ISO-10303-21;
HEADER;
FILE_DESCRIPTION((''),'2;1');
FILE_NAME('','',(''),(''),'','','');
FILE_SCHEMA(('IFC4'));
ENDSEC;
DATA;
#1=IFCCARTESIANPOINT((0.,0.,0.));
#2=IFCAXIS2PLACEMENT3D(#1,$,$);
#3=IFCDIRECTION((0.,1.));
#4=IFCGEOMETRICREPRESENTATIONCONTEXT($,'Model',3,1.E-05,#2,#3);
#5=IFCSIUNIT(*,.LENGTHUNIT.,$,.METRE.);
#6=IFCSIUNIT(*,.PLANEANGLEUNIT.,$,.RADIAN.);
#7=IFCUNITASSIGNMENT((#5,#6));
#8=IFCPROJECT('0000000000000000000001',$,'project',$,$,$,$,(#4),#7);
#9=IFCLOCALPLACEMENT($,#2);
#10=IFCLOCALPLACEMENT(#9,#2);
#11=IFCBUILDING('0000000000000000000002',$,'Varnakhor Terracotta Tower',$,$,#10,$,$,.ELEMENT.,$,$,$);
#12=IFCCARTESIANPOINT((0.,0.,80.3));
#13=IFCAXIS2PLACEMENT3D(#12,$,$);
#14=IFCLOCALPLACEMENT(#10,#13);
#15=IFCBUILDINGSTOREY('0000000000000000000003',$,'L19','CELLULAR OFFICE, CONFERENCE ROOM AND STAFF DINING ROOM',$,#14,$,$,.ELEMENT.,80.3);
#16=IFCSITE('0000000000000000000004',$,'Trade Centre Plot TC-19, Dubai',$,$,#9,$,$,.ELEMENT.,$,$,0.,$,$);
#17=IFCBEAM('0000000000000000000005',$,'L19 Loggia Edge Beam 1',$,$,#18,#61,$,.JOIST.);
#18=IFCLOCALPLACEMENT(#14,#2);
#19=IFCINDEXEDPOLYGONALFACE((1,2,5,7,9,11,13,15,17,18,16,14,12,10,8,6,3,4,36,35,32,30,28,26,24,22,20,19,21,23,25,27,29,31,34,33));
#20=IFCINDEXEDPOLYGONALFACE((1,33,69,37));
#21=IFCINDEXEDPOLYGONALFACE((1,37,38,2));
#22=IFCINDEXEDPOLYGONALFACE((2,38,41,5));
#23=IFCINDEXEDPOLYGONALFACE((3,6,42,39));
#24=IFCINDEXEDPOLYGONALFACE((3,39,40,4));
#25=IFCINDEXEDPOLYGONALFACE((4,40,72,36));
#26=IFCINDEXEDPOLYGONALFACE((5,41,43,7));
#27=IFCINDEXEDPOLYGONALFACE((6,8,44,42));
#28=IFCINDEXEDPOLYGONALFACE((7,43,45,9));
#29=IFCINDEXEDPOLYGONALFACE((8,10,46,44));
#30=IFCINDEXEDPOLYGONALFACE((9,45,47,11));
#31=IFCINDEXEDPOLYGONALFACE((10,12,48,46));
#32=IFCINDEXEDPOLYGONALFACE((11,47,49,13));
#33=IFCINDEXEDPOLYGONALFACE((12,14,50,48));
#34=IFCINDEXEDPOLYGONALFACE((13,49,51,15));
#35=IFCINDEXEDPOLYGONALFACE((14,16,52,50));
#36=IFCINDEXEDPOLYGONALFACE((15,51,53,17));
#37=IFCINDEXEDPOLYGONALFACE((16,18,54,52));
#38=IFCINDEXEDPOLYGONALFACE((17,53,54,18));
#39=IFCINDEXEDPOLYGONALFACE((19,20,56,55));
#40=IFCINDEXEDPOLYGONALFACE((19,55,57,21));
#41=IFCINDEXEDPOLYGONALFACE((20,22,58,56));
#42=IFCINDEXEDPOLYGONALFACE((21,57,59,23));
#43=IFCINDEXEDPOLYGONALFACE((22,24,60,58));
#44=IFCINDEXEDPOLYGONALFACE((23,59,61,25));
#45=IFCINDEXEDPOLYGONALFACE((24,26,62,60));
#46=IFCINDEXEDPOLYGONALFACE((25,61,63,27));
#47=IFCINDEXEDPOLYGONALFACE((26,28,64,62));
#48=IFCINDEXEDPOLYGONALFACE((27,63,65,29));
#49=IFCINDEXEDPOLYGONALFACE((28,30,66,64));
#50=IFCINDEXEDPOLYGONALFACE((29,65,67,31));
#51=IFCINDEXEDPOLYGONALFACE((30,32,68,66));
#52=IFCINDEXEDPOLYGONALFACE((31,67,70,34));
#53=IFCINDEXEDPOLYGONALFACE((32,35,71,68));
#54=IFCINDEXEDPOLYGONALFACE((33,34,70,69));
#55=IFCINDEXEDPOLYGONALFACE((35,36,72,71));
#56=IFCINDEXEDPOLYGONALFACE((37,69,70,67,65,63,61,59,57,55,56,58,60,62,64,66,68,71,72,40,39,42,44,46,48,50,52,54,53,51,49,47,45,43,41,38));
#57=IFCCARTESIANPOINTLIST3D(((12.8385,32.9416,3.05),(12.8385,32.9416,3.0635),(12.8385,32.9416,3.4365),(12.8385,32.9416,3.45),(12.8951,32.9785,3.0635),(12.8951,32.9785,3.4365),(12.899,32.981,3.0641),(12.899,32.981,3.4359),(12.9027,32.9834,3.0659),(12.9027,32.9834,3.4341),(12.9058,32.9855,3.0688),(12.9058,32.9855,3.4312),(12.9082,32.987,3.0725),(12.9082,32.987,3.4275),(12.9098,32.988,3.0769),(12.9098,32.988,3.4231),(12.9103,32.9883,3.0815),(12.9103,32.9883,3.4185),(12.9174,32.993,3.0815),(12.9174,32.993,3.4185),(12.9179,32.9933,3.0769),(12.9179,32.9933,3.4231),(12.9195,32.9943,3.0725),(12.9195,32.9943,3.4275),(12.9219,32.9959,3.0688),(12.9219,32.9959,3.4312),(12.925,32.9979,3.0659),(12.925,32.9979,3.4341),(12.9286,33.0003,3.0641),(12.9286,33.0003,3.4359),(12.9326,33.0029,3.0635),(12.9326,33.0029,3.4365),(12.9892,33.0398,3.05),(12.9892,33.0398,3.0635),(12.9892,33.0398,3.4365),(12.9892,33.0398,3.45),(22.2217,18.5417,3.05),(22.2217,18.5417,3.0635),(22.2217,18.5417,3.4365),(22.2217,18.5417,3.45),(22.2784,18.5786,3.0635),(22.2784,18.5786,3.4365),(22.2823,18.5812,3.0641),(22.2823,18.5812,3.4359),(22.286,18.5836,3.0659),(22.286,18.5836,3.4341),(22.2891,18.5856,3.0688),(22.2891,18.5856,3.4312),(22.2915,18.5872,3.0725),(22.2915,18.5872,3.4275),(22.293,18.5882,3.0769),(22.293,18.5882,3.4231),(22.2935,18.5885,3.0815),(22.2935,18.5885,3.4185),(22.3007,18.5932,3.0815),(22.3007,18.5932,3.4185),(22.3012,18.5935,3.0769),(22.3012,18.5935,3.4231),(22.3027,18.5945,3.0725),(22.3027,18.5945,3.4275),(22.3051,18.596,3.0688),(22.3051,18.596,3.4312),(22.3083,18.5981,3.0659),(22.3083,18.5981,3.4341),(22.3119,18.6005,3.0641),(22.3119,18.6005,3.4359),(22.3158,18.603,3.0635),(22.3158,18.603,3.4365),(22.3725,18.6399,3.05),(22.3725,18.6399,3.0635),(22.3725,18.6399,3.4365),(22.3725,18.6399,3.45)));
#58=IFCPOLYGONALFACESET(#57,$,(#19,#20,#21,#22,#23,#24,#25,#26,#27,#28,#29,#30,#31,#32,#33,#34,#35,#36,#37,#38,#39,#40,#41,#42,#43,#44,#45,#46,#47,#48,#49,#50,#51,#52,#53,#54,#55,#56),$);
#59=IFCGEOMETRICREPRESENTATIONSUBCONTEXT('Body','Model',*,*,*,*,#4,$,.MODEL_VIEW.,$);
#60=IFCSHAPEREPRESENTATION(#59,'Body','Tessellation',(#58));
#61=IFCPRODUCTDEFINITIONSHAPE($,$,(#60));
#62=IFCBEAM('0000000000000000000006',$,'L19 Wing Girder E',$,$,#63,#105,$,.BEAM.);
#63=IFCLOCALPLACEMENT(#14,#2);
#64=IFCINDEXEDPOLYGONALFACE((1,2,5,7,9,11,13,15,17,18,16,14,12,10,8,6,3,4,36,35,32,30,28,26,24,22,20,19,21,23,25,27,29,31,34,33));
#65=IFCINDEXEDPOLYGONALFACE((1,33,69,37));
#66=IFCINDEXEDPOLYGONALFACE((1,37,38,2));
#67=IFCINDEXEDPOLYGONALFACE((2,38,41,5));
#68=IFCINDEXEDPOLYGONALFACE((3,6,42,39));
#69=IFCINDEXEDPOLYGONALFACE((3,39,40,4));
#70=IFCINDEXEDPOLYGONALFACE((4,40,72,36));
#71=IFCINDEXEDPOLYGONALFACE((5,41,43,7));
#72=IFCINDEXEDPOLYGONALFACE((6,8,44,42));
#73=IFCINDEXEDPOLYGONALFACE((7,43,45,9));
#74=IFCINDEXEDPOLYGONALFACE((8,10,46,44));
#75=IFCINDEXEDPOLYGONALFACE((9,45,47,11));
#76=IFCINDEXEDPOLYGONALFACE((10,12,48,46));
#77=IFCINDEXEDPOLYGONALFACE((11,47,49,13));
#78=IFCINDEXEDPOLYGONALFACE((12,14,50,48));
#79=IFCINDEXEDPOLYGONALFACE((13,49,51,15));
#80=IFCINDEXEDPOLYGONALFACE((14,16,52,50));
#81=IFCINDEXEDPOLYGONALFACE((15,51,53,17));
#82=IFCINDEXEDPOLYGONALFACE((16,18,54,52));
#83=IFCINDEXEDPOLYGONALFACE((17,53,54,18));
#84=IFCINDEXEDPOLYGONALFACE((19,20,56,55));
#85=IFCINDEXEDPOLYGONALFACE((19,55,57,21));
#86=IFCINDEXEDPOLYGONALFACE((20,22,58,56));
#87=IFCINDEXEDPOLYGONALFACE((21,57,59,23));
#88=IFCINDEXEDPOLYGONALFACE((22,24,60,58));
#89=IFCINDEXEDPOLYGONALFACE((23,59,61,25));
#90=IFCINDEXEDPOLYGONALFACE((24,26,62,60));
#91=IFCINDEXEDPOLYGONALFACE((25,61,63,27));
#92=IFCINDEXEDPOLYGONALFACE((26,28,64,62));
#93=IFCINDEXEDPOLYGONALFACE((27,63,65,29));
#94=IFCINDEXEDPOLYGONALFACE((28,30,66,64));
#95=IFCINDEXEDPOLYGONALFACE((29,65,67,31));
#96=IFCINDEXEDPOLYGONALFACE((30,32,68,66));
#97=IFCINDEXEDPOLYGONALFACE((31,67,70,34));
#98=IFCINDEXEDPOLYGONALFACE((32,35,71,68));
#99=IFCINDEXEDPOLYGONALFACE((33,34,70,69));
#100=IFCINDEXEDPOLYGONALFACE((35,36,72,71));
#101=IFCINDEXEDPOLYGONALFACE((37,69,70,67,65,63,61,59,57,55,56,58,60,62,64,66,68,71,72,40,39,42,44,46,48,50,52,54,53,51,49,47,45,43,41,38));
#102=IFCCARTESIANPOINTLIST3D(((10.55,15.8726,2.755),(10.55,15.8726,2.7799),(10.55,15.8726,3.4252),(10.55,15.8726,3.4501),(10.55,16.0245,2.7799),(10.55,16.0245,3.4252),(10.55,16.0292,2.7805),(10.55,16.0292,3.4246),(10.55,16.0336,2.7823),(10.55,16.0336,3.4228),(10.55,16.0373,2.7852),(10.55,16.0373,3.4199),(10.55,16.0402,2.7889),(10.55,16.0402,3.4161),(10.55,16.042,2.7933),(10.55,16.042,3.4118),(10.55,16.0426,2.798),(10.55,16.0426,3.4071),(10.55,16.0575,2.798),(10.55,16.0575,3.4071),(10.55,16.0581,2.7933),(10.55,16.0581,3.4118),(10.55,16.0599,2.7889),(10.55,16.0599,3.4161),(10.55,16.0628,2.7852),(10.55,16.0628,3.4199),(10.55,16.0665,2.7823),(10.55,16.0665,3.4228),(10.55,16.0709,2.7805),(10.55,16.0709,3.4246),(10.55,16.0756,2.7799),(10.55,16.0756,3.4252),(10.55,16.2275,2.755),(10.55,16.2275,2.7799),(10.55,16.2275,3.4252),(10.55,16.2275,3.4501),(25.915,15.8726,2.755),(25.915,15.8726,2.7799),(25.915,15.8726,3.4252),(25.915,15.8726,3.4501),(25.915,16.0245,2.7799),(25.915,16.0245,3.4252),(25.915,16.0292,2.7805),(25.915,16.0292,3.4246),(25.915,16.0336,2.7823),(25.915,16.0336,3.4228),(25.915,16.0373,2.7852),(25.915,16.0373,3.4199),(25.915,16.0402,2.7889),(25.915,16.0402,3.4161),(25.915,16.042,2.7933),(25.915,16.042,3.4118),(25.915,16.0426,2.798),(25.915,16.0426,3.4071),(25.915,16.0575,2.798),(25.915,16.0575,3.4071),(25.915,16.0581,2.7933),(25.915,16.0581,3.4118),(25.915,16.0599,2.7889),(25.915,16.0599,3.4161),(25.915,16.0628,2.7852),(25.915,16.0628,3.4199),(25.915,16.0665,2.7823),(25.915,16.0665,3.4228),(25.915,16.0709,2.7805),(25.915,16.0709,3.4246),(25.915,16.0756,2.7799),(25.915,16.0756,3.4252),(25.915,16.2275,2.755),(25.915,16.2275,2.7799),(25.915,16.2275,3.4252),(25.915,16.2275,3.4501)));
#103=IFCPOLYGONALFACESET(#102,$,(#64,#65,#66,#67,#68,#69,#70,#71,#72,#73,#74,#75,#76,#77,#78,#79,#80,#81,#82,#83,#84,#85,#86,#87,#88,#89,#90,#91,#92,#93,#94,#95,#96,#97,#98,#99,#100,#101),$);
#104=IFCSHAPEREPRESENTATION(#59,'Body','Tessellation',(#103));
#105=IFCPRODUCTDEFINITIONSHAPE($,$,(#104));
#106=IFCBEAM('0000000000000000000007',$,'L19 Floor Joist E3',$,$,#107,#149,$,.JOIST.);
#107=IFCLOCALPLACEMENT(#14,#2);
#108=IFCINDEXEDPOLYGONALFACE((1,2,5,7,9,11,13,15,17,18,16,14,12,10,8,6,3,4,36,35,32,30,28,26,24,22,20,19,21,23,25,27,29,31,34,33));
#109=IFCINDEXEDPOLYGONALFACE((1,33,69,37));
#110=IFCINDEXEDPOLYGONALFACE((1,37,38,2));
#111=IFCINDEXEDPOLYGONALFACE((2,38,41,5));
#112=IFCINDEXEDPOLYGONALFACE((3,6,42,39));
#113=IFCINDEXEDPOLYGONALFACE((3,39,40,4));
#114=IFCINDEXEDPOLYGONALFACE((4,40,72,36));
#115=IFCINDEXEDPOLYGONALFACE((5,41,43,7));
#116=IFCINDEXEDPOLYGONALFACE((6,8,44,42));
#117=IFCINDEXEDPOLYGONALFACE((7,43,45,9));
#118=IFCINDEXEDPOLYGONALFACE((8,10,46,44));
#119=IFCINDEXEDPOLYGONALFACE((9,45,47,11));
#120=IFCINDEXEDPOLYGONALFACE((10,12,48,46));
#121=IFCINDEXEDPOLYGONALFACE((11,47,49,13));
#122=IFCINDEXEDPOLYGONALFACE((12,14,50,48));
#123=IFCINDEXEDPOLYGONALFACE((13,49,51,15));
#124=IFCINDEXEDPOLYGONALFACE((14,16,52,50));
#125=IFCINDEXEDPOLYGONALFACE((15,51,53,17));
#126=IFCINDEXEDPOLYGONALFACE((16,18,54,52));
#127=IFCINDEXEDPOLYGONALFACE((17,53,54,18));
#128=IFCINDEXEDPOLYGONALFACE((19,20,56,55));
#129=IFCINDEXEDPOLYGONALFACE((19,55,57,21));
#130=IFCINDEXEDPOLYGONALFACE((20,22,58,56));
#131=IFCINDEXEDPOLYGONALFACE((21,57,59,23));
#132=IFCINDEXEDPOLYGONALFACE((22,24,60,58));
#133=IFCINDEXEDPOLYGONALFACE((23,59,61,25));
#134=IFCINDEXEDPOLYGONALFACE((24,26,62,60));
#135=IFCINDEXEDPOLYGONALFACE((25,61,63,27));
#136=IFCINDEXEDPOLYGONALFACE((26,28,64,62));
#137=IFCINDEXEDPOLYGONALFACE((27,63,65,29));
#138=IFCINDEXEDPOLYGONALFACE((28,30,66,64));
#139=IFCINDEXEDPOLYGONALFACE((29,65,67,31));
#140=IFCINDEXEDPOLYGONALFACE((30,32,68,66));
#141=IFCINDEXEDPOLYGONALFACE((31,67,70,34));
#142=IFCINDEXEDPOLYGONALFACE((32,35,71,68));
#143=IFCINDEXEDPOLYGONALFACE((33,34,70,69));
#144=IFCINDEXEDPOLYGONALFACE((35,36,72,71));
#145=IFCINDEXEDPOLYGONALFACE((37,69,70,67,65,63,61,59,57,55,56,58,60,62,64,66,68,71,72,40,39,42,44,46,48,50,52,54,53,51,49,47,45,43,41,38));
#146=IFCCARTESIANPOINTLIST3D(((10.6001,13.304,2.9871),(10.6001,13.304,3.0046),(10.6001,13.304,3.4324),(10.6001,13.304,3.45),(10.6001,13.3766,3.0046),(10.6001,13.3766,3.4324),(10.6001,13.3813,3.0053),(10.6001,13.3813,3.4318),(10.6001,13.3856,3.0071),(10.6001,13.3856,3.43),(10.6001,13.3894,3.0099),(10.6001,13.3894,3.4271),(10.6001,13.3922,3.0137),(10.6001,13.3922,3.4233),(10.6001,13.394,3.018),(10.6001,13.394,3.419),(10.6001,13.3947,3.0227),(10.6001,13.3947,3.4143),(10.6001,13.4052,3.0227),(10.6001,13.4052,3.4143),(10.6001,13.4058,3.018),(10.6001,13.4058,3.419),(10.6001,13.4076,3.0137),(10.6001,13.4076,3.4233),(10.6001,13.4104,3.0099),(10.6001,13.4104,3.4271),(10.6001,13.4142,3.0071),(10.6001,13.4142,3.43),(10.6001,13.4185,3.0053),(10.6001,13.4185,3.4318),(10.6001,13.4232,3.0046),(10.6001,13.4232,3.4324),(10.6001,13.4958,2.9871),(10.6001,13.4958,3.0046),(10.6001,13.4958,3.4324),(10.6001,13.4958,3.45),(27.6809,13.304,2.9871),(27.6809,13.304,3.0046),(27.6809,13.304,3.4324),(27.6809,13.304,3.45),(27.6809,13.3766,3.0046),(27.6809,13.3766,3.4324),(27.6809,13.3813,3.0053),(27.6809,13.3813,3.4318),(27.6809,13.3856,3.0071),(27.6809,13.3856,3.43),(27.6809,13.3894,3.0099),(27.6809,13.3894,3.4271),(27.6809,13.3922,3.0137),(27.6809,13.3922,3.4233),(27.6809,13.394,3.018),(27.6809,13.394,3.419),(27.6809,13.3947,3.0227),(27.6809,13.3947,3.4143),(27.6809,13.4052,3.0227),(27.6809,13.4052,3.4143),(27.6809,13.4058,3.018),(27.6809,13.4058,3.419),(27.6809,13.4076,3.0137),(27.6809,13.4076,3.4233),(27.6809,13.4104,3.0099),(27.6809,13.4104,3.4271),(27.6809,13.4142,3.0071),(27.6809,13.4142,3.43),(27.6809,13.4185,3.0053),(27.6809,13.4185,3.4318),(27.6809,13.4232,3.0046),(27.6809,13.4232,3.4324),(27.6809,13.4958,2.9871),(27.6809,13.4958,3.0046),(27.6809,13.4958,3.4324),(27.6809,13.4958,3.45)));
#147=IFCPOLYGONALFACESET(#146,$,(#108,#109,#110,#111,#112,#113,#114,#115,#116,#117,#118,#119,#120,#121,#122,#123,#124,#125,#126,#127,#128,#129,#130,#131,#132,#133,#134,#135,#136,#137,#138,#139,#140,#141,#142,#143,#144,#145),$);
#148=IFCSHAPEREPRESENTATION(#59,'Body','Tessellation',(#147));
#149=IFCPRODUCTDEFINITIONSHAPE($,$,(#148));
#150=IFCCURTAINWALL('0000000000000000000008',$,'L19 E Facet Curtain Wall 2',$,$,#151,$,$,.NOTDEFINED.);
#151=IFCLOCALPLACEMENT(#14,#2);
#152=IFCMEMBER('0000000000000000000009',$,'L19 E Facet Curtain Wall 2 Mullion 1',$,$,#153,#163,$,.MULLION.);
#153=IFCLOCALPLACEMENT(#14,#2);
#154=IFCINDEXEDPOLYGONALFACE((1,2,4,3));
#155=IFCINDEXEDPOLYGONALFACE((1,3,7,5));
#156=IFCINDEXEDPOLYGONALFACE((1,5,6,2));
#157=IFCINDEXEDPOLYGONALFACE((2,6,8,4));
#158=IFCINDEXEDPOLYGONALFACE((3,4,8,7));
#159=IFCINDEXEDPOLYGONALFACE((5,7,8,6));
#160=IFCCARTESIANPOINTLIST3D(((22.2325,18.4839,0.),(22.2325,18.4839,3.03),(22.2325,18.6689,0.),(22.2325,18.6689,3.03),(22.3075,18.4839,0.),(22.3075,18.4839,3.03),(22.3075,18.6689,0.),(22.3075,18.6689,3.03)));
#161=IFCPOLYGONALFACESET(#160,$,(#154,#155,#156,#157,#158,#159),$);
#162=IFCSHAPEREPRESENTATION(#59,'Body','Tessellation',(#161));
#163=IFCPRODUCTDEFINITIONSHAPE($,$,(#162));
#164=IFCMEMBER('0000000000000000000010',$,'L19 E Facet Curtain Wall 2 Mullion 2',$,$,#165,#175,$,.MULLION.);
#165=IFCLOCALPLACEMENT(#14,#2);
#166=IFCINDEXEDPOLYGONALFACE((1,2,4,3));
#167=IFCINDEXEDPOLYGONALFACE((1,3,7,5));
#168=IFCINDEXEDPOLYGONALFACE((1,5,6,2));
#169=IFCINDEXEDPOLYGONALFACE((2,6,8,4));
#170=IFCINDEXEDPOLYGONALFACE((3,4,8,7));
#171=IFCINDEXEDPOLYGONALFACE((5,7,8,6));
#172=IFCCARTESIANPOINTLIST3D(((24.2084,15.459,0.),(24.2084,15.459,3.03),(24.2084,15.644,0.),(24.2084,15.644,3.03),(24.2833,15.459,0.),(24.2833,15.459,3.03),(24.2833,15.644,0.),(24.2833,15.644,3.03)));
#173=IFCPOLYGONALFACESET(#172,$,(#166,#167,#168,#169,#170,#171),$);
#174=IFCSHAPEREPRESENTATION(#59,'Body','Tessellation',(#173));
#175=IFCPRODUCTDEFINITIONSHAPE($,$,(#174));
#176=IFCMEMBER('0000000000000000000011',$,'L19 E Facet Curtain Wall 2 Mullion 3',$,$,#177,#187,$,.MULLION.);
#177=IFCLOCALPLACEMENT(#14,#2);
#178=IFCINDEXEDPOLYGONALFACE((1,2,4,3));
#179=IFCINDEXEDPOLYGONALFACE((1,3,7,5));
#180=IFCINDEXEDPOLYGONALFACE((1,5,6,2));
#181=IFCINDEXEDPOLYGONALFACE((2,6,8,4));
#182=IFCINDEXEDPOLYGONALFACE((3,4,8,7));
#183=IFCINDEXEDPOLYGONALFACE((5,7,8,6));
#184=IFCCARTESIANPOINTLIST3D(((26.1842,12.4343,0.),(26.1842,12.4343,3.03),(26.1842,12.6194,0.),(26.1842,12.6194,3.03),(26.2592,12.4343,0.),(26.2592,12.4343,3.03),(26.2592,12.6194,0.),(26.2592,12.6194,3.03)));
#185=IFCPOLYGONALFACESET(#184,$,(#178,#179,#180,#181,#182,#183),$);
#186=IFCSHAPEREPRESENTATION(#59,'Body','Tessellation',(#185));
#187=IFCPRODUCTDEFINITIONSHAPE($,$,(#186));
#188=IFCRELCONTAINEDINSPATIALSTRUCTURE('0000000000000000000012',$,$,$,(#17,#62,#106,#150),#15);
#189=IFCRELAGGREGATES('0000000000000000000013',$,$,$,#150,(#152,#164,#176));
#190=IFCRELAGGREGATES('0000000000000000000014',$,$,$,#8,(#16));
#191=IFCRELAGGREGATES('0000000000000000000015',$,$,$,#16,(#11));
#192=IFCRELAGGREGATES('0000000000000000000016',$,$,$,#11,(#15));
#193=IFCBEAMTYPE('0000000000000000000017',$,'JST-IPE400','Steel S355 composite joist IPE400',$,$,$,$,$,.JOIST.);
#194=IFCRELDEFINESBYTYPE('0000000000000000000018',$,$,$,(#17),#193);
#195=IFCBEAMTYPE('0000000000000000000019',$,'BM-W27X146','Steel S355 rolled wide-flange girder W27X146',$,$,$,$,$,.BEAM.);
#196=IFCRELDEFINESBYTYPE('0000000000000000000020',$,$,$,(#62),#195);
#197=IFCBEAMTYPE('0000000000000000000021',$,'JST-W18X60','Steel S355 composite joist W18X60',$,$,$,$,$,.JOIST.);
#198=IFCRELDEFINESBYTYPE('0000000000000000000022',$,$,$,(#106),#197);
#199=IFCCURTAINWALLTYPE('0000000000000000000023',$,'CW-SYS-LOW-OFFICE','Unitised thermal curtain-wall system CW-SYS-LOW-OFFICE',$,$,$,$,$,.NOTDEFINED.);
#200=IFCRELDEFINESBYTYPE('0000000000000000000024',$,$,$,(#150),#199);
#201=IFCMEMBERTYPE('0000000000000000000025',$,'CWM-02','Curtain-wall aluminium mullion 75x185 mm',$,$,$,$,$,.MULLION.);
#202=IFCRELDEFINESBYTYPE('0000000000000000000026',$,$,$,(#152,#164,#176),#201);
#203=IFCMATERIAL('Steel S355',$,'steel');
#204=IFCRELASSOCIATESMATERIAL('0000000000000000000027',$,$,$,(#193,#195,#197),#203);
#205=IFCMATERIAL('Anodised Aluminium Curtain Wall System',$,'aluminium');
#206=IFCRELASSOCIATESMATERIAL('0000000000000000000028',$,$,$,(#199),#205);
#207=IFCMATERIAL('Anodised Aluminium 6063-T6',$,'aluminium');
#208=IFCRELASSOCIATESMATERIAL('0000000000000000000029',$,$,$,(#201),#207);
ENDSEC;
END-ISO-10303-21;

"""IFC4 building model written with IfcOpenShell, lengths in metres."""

from ifc_helpers import new_model, si_unit, direction, frame, origin, origin_2d, place, context, subcontext, project, spatial, rectangle, i_section, extrude, source, transform, mapped, material, material_profile, profile_set, type_object, type_shapes, element, aggregate, save


model = new_model("IFC4")

# Units and contexts
model_context = context("Model", 3, precision=1e-05, world=origin(), true_north=direction((0.0, 1.0)))
body_context = subcontext(model_context, "Body", "Model", "MODEL_VIEW")
ifc_project = project(units=[si_unit("LENGTHUNIT", "METRE"), si_unit("PLANEANGLEUNIT", "RADIAN")], contexts=[model_context])

# Site, building, storey
site_placement = place(None, origin())
site = spatial("IfcSite", under=ifc_project, at=site_placement, Name="Trade Centre Plot TC-19, Dubai", CompositionType="ELEMENT", RefElevation=0.0)
building_placement = place(site_placement, origin())
building = spatial("IfcBuilding", under=site, at=building_placement, Name="Varnakhor Terracotta Tower", CompositionType="ELEMENT")
storey_placement = place(building_placement, frame((0.0, 0.0, 80.3)))
storey = spatial("IfcBuildingStorey", under=building, at=storey_placement, Name="L19", Description="CELLULAR OFFICE, CONFERENCE ROOM AND STAFF DINING ROOM", CompositionType="ELEMENT", Elevation=80.3)

# Beams
ifc_material_1 = material(Name="Steel S355", Category="steel")
ifc_material_profile_1 = material_profile(ifc_material_1, i_section(OverallWidth=0.1799, OverallDepth=0.3999, WebThickness=0.0085, FlangeThickness=0.0134, FilletRadius=0.0181, at=origin_2d()), Name="IPE400")
ifc_profile_set_1 = profile_set([ifc_material_profile_1], Name="Steel S355")
beam_type_1 = type_object("IfcBeamType", Name="JST-IPE400", Description="Steel S355 composite joist IPE400", PredefinedType="JOIST", material=ifc_profile_set_1)
shared_shape_1 = source(origin(), body_context, "Body", "SweptSolid", [
    extrude(i_section(OverallWidth=0.1799, OverallDepth=0.3999, WebThickness=0.0085, FlangeThickness=0.0134, FilletRadius=0.0181, at=origin_2d()), origin(), (0.0, 0.0, 1.0), 17.1873),
])
beam_1_placement = place(storey_placement, frame((22.2971, 18.5908, 3.25), z_axis=(-0.545944, 0.837822, 0.0), x_axis=(-0.837822, -0.545944, 0.0)))
element("IfcBeam", 1, at=beam_1_placement, inside=storey, type_object=beam_type_1, Name="L19 Loggia Edge Beam 1", PredefinedType="JOIST", context=body_context, shape_type="MappedRepresentation", body=[
    mapped(shared_shape_1, transform((0.0, 0.0, 0.0), scale=1.0)),
])
ifc_material_profile_2 = material_profile(ifc_material_1, i_section(OverallWidth=0.355, OverallDepth=0.6951, WebThickness=0.0149, FlangeThickness=0.0249, FilletRadius=0.0181, at=origin_2d()), Name="W27X146")
ifc_profile_set_2 = profile_set([ifc_material_profile_2], Name="Steel S355")
beam_type_2 = type_object("IfcBeamType", Name="BM-W27X146", Description="Steel S355 rolled wide-flange girder W27X146", PredefinedType="BEAM", material=ifc_profile_set_2)
shared_shape_2 = source(origin(), body_context, "Body", "SweptSolid", [
    extrude(i_section(OverallWidth=0.355, OverallDepth=0.6951, WebThickness=0.0149, FlangeThickness=0.0249, FilletRadius=0.0181, at=origin_2d()), origin(), (0.0, 0.0, 1.0), 15.365),
])
beam_2_placement = place(storey_placement, frame((10.55, 16.05, 3.1025), z_axis=(1.0, 0.0, 0.0), x_axis=(0.0, 1.0, 0.0)))
element("IfcBeam", 2, at=beam_2_placement, inside=storey, type_object=beam_type_2, Name="L19 Wing Girder E", PredefinedType="BEAM", context=body_context, shape_type="MappedRepresentation", body=[
    mapped(shared_shape_2, transform((0.0, 0.0, 0.0), scale=1.0)),
])
ifc_material_profile_3 = material_profile(ifc_material_1, i_section(OverallWidth=0.1919, OverallDepth=0.4629, WebThickness=0.0105, FlangeThickness=0.0176, FilletRadius=0.0181, at=origin_2d()), Name="W18X60")
ifc_profile_set_3 = profile_set([ifc_material_profile_3], Name="Steel S355")
beam_type_3 = type_object("IfcBeamType", Name="JST-W18X60", Description="Steel S355 composite joist W18X60", PredefinedType="JOIST", material=ifc_profile_set_3)
shared_shape_3 = source(origin(), body_context, "Body", "SweptSolid", [
    extrude(i_section(OverallWidth=0.1919, OverallDepth=0.4629, WebThickness=0.0105, FlangeThickness=0.0176, FilletRadius=0.0181, at=origin_2d()), origin(), (0.0, 0.0, 1.0), 17.0808),
])
beam_3_placement = place(storey_placement, frame((10.6001, 13.3999, 3.2185), z_axis=(1.0, 0.0, 0.0), x_axis=(0.0, 1.0, 0.0)))
element("IfcBeam", 3, at=beam_3_placement, inside=storey, type_object=beam_type_3, Name="L19 Floor Joist E3", PredefinedType="JOIST", context=body_context, shape_type="MappedRepresentation", body=[
    mapped(shared_shape_3, transform((0.0, 0.0, 0.0), scale=1.0)),
])

# Curtain wall, members
ifc_material_2 = material(Name="Anodised Aluminium Curtain Wall System", Category="aluminium")
curtain_wall_type = type_object("IfcCurtainWallType", Name="CW-SYS-LOW-OFFICE", Description="Unitised thermal curtain-wall system CW-SYS-LOW-OFFICE", PredefinedType="NOTDEFINED", material=ifc_material_2)
curtain_wall_placement = place(storey_placement, origin())
curtain_wall = element("IfcCurtainWall", 4, at=curtain_wall_placement, inside=storey, type_object=curtain_wall_type, Name="L19 E Facet Curtain Wall 2", PredefinedType="NOTDEFINED")
ifc_material_3 = material(Name="Anodised Aluminium 6063-T6", Category="aluminium")
ifc_material_profile_4 = material_profile(ifc_material_3, rectangle(XDim=0.075, YDim=0.1851, at=origin_2d()), Name="ALU MULLION 75x185")
ifc_profile_set_4 = profile_set([ifc_material_profile_4], Name="Anodised Aluminium 6063-T6")
member_type_1 = type_object("IfcMemberType", Name="CWM-02", Description="Curtain-wall aluminium mullion 75x185 mm", PredefinedType="MULLION", material=ifc_profile_set_4)
shared_shape_4 = source(origin(), body_context, "Body", "SweptSolid", [
    extrude(rectangle(XDim=0.075, YDim=0.1851, at=origin_2d()), origin(), (0.0, 0.0, 1.0), 3.03),
])
type_shapes(member_type_1, [shared_shape_4])
member_1_placement = place(storey_placement, frame((22.27, 18.5764, 0.0), z_axis=(0.0, 0.0, 1.0), x_axis=(1.0, 0.0, 0.0)))
member_1 = element("IfcMember", 5, at=member_1_placement, type_object=member_type_1, Name="L19 E Facet Curtain Wall 2 Mullion 1", PredefinedType="MULLION", context=body_context, shape_type="MappedRepresentation", body=[
    mapped(shared_shape_4, transform((0.0, 0.0, 0.0), scale=1.0)),
])
member_2_placement = place(storey_placement, frame((24.2458, 15.5515, 0.0), z_axis=(0.0, 0.0, 1.0), x_axis=(1.0, 0.0, 0.0)))
member_2 = element("IfcMember", 6, at=member_2_placement, type_object=member_type_1, Name="L19 E Facet Curtain Wall 2 Mullion 2", PredefinedType="MULLION", context=body_context, shape_type="MappedRepresentation", body=[
    mapped(shared_shape_4, transform((0.0, 0.0, 0.0), scale=1.0)),
])
member_3_placement = place(storey_placement, frame((26.2217, 12.5269, 0.0), z_axis=(0.0, 0.0, 1.0), x_axis=(1.0, 0.0, 0.0)))
member_3 = element("IfcMember", 7, at=member_3_placement, type_object=member_type_1, Name="L19 E Facet Curtain Wall 2 Mullion 3", PredefinedType="MULLION", context=body_context, shape_type="MappedRepresentation", body=[
    mapped(shared_shape_4, transform((0.0, 0.0, 0.0), scale=1.0)),
])

aggregate(curtain_wall, [member_1, member_2, member_3])

save(model, "model.ifc")
